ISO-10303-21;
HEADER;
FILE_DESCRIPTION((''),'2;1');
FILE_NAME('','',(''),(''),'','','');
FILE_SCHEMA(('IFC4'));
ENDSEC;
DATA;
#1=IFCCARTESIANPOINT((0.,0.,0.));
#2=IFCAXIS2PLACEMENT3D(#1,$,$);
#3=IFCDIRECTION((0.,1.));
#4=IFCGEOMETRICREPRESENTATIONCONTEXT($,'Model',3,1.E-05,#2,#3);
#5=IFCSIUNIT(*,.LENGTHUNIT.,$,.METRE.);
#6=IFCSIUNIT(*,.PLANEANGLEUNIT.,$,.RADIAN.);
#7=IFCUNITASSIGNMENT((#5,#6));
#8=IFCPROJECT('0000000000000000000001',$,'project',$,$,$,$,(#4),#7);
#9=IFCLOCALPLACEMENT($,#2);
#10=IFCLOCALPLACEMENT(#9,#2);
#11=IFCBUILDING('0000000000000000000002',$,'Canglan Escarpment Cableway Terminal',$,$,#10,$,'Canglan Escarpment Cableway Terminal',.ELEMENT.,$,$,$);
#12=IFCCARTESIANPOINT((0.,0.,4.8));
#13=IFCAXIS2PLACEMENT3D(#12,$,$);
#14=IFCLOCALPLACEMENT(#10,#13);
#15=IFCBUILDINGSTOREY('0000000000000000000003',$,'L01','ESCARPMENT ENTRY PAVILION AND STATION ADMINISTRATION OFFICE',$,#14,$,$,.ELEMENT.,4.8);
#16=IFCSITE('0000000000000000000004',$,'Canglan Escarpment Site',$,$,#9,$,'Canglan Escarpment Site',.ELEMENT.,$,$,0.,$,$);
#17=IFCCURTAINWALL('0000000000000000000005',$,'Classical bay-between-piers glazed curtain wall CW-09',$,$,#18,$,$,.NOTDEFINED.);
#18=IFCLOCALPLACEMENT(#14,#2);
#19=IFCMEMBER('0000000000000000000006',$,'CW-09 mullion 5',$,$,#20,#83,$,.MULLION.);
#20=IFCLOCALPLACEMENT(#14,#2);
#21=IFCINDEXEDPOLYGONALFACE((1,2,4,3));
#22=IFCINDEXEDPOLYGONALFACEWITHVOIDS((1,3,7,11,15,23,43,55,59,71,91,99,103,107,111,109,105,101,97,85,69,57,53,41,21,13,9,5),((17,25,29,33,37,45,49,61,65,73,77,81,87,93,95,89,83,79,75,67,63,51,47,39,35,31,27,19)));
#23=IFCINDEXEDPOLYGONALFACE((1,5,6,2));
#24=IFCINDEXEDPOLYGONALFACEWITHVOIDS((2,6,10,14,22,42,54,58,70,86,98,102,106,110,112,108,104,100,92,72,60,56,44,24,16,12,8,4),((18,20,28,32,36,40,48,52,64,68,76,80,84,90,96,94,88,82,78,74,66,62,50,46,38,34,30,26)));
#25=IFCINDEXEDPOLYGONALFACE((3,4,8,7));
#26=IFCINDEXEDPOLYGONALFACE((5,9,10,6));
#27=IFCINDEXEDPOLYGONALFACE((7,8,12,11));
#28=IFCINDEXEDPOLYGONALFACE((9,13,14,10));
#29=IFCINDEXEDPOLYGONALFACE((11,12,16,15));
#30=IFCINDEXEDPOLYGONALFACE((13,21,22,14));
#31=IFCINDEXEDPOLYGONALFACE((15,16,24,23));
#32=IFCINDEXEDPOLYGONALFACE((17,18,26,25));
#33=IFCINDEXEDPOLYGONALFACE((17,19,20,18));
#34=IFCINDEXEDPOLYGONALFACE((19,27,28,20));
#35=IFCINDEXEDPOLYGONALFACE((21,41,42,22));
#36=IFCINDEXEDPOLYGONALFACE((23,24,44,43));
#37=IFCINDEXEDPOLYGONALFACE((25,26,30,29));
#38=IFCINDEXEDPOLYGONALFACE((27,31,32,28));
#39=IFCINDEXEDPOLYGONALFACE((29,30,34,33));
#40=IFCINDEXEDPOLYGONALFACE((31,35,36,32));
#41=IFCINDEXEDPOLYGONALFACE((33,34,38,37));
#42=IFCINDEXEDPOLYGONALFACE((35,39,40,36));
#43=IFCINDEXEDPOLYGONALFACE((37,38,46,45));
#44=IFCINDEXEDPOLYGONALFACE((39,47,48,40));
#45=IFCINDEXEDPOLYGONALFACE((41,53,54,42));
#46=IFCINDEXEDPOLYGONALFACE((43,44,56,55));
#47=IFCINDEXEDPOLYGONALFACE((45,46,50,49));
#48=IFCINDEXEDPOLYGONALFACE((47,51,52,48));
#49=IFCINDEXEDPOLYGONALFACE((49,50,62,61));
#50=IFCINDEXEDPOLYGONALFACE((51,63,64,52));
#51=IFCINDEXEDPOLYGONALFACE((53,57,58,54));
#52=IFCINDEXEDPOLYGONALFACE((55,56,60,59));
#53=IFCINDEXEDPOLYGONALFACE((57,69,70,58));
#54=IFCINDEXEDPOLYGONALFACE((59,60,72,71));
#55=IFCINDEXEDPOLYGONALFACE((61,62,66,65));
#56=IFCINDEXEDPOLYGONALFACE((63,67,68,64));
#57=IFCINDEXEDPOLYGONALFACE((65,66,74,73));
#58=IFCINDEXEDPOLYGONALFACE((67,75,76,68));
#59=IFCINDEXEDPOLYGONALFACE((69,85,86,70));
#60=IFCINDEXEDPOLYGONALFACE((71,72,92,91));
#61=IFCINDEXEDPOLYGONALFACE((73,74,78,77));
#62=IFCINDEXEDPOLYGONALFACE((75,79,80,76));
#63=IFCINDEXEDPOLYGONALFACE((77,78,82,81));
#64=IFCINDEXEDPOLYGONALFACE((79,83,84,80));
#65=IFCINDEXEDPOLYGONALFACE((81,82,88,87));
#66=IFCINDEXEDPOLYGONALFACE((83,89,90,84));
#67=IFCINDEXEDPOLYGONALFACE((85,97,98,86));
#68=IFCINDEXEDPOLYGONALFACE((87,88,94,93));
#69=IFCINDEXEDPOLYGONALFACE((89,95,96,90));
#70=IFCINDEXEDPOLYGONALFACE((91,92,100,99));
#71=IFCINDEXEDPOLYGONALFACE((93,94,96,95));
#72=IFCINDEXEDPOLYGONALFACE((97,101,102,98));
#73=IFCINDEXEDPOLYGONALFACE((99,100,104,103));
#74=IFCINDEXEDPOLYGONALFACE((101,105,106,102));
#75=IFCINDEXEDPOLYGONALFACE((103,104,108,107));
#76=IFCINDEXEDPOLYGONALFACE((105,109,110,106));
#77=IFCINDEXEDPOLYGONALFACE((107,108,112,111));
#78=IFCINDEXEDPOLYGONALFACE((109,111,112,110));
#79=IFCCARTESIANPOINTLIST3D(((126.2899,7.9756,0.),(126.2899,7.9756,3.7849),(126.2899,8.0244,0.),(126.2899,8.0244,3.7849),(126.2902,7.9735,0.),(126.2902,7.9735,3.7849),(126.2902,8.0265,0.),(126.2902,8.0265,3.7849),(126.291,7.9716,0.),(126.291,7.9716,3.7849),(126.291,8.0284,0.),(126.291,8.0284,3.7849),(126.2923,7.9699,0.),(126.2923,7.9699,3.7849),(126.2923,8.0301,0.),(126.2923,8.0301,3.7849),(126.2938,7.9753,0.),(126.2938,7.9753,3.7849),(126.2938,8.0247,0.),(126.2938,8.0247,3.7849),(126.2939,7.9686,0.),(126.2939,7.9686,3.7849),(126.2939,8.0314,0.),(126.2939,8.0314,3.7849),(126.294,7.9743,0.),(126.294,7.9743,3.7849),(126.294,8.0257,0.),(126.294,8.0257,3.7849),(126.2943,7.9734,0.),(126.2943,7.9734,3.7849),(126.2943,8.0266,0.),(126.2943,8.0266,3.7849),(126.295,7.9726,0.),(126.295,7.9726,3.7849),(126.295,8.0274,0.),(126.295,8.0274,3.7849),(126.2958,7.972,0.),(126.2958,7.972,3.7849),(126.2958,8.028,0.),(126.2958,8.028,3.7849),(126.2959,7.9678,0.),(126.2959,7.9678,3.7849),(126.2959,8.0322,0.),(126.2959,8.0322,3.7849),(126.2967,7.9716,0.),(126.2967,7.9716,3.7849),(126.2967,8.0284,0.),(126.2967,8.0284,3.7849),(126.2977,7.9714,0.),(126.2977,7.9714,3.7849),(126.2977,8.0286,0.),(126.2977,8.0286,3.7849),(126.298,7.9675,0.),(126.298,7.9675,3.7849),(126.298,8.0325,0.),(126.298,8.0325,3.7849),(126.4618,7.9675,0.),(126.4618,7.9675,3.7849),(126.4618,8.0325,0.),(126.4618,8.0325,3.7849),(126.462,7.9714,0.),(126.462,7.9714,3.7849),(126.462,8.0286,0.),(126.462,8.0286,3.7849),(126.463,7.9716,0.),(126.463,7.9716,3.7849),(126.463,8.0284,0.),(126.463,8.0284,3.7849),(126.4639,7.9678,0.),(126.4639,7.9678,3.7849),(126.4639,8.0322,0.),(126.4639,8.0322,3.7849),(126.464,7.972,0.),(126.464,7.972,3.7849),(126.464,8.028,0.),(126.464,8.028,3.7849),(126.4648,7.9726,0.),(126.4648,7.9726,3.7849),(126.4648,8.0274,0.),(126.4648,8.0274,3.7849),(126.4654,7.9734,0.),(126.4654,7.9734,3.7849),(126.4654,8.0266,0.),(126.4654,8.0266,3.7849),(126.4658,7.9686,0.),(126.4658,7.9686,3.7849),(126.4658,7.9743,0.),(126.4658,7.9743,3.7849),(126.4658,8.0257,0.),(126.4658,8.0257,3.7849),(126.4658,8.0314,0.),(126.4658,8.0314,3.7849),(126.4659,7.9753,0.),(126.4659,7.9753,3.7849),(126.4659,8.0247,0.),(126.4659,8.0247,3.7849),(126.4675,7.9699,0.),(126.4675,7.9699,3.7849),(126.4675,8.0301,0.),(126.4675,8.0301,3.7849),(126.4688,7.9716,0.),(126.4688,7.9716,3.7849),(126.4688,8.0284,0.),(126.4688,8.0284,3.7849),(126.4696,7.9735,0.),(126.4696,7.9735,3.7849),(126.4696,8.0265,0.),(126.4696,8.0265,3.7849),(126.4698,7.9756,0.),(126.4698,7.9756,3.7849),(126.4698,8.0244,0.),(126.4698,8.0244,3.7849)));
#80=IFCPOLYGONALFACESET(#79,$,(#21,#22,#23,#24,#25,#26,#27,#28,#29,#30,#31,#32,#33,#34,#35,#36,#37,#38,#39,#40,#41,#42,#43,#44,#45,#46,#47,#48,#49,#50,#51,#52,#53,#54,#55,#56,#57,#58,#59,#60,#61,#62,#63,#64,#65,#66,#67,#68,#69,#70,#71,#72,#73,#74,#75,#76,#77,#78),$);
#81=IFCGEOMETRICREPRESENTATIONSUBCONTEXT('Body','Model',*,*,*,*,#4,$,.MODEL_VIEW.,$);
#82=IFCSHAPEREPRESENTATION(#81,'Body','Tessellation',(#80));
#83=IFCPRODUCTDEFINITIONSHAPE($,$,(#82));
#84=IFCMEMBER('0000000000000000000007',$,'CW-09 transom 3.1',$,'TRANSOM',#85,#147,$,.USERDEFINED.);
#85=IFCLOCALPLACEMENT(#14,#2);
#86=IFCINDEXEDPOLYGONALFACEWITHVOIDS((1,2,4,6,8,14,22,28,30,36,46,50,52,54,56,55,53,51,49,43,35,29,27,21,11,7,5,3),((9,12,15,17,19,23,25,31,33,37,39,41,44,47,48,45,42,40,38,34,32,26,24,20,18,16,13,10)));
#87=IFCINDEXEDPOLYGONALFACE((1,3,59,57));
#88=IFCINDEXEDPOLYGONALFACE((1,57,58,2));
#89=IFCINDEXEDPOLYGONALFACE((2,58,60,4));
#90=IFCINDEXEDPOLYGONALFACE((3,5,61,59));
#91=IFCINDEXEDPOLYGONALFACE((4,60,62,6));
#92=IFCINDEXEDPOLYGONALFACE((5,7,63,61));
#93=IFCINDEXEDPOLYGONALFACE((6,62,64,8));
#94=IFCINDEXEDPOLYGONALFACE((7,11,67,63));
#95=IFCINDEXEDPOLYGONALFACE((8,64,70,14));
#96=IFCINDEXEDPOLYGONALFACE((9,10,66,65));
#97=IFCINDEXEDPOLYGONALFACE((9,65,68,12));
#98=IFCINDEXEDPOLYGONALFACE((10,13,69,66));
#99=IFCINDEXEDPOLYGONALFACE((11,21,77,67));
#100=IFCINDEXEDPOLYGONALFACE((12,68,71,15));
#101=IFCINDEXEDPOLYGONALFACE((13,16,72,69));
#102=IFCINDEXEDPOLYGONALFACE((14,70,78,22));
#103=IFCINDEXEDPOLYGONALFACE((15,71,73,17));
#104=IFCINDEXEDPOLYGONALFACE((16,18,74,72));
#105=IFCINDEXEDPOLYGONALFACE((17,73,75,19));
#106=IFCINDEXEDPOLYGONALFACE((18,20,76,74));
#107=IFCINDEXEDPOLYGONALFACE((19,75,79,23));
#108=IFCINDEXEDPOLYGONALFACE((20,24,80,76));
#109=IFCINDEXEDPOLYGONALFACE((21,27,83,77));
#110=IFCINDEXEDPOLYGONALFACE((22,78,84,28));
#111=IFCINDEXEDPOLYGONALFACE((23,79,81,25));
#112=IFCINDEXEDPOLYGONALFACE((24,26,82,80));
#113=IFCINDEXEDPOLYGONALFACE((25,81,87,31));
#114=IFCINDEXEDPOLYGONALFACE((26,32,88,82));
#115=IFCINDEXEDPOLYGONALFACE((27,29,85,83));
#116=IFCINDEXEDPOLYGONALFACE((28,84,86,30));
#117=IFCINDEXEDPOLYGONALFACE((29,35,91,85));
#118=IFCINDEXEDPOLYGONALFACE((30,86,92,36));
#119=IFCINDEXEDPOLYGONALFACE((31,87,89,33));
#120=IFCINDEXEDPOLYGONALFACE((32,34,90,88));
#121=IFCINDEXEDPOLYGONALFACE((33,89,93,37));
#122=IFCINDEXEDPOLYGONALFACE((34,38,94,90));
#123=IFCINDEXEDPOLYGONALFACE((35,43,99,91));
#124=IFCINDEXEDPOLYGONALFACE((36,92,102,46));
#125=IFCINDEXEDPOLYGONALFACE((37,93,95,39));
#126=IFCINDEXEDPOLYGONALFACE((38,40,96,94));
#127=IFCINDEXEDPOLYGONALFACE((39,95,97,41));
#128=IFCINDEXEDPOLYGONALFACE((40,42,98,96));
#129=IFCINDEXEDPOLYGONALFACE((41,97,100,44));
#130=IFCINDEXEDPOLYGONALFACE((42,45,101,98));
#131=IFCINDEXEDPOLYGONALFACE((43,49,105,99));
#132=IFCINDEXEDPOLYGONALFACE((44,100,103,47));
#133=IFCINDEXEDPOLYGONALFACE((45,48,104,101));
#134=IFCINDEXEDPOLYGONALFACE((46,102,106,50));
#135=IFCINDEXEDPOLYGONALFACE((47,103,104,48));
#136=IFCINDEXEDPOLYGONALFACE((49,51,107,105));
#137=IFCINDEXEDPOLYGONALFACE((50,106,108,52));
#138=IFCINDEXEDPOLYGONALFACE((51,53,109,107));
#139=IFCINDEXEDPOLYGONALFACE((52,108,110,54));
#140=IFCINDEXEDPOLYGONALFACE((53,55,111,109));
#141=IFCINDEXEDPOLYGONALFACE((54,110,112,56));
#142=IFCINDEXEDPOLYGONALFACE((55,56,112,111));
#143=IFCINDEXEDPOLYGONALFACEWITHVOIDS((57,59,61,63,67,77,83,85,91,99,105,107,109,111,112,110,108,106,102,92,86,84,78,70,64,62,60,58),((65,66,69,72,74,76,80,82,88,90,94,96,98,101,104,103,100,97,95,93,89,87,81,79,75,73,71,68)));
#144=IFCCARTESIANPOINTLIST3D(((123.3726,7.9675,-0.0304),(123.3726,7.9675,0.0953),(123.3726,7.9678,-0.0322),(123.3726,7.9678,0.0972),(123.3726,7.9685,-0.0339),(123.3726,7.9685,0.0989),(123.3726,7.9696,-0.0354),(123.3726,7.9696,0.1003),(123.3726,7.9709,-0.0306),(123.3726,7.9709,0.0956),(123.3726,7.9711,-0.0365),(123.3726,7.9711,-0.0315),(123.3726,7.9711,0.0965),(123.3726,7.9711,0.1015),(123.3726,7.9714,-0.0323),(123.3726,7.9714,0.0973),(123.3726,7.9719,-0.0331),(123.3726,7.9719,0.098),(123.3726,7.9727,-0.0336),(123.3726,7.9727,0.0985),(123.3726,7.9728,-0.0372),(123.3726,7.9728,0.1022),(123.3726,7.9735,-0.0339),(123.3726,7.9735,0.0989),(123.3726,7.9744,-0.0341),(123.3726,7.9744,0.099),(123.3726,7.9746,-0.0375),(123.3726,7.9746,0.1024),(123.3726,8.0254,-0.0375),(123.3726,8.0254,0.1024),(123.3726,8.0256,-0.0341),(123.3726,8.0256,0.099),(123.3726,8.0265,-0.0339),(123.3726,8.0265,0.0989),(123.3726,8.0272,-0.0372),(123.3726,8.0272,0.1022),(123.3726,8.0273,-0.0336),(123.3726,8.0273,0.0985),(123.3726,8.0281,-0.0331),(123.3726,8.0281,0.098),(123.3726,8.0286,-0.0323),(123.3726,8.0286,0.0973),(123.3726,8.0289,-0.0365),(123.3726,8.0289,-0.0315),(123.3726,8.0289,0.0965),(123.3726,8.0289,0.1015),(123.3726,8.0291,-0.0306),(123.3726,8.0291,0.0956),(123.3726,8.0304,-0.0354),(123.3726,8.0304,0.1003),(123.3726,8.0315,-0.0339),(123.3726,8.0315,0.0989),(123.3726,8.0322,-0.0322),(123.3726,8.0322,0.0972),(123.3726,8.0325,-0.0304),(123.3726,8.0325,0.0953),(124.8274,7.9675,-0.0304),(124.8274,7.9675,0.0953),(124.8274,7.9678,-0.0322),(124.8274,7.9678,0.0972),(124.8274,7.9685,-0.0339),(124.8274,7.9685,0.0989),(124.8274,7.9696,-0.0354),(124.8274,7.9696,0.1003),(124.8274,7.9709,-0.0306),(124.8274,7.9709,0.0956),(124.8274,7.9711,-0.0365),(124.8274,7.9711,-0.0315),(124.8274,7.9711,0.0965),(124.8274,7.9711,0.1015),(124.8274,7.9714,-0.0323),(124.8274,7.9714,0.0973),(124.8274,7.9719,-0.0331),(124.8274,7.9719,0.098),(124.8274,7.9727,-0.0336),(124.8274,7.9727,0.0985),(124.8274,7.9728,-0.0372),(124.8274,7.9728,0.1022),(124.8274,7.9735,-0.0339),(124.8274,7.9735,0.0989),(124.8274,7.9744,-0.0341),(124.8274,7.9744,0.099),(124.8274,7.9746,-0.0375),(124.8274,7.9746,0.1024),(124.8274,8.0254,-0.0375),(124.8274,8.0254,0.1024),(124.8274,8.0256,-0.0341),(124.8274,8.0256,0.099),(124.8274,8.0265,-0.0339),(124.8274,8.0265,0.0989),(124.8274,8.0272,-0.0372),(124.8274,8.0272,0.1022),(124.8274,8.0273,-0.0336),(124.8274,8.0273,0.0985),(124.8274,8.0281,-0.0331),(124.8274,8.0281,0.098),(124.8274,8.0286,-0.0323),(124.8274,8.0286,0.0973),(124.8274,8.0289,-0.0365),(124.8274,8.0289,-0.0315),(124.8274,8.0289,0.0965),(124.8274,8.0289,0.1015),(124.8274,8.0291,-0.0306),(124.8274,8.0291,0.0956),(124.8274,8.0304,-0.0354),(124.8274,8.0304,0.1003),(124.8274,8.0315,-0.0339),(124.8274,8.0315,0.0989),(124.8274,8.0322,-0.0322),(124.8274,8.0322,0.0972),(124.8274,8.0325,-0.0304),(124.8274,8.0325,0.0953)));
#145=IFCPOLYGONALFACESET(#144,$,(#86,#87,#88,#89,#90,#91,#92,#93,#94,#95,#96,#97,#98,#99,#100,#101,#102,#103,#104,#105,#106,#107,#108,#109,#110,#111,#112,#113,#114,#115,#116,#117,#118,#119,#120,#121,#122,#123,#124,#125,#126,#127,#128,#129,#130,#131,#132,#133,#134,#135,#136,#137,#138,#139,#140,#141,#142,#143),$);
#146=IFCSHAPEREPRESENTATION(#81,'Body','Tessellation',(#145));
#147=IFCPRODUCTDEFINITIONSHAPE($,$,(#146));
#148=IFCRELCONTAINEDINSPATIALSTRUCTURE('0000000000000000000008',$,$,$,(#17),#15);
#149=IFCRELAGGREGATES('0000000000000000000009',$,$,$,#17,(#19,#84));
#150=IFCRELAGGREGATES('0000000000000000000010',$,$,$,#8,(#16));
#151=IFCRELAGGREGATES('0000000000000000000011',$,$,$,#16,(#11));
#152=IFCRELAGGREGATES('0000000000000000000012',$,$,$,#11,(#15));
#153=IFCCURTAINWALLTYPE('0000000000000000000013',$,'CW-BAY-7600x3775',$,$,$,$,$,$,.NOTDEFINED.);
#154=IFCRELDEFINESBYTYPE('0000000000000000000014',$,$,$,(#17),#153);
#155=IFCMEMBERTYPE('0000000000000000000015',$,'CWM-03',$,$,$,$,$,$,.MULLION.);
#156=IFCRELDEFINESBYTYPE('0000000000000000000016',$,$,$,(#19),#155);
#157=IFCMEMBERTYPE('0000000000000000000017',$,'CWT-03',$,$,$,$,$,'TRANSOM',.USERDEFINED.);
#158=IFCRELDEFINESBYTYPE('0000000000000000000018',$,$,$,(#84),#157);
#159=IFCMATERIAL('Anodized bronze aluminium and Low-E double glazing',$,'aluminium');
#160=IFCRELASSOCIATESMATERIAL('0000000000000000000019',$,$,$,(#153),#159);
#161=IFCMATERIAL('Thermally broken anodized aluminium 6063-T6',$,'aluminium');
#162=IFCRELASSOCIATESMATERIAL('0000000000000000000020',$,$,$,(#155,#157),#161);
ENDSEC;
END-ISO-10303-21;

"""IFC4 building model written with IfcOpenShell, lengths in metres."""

from ifc_helpers import new_model, si_unit, direction, frame, origin, origin_2d, place, context, subcontext, project, spatial, hollow_rectangle, extrude, material, material_profile, profile_set, type_object, element, aggregate, save


model = new_model("IFC4")

# Units and contexts
model_context = context("Model", 3, precision=1e-05, world=origin(), true_north=direction((0.0, 1.0)))
body_context = subcontext(model_context, "Body", "Model", "MODEL_VIEW")
ifc_project = project(units=[si_unit("LENGTHUNIT", "METRE"), si_unit("PLANEANGLEUNIT", "RADIAN")], contexts=[model_context])

# Site, building, storey
site_placement = place(None, origin())
site = spatial("IfcSite", under=ifc_project, at=site_placement, Name="Canglan Escarpment Site", LongName="Canglan Escarpment Site", CompositionType="ELEMENT", RefElevation=0.0)
building_placement = place(site_placement, origin())
building = spatial("IfcBuilding", under=site, at=building_placement, Name="Canglan Escarpment Cableway Terminal", LongName="Canglan Escarpment Cableway Terminal", CompositionType="ELEMENT")
storey_placement = place(building_placement, frame((0.0, 0.0, 4.8)))
storey = spatial("IfcBuildingStorey", under=building, at=storey_placement, Name="L01", Description="ESCARPMENT ENTRY PAVILION AND STATION ADMINISTRATION OFFICE", CompositionType="ELEMENT", Elevation=4.8)

# Curtain wall, members
ifc_material_1 = material(Name="Anodized bronze aluminium and Low-E double glazing", Category="aluminium")
curtain_wall_type = type_object("IfcCurtainWallType", Name="CW-BAY-7600x3775", PredefinedType="NOTDEFINED", material=ifc_material_1)
curtain_wall_placement = place(storey_placement, origin())
curtain_wall = element("IfcCurtainWall", 1, at=curtain_wall_placement, inside=storey, type_object=curtain_wall_type, Name="Classical bay-between-piers glazed curtain wall CW-09", PredefinedType="NOTDEFINED")
ifc_material_2 = material(Name="Thermally broken anodized aluminium 6063-T6", Category="aluminium")
ifc_material_profile_1 = material_profile(ifc_material_2, hollow_rectangle(XDim=0.0649, YDim=0.1799, WallThickness=0.0039, InnerFilletRadius=0.0039, OuterFilletRadius=0.0081, at=origin_2d()), Name="ALU-MULL 65x180x4")
ifc_profile_set_1 = profile_set([ifc_material_profile_1], Name="Thermally broken anodized aluminium 6063-T6")
member_type_1 = type_object("IfcMemberType", Name="CWM-03", PredefinedType="MULLION", material=ifc_profile_set_1)
member_1_placement = place(storey_placement, frame((126.3799, 8.0, 0.0), z_axis=(0.0, 0.0, 1.0), x_axis=(0.0, 1.0, 0.0)))
member_1 = element("IfcMember", 2, at=member_1_placement, type_object=member_type_1, Name="CW-09 mullion 5", PredefinedType="MULLION", context=body_context, shape_type="SweptSolid", body=[
    extrude(hollow_rectangle(XDim=0.0649, YDim=0.1799, WallThickness=0.0039, InnerFilletRadius=0.0039, OuterFilletRadius=0.0081, at=origin_2d()), origin(), (0.0, 0.0, 1.0), 3.7849),
])
ifc_material_profile_2 = material_profile(ifc_material_2, hollow_rectangle(XDim=0.0649, YDim=0.1399, WallThickness=0.0034, InnerFilletRadius=0.0034, OuterFilletRadius=0.0071, at=origin_2d()), Name="ALU-TRAN 65x140x3.5")
ifc_profile_set_2 = profile_set([ifc_material_profile_2], Name="Thermally broken anodized aluminium 6063-T6")
member_type_2 = type_object("IfcMemberType", Name="CWT-03", ElementType="TRANSOM", PredefinedType="USERDEFINED", material=ifc_profile_set_2)
member_2_placement = place(storey_placement, frame((123.3726, 8.0, 0.0325), z_axis=(1.0, 0.0, 0.0), x_axis=(0.0, 1.0, 0.0)))
member_2 = element("IfcMember", 3, at=member_2_placement, type_object=member_type_2, Name="CW-09 transom 3.1", ObjectType="TRANSOM", PredefinedType="USERDEFINED", context=body_context, shape_type="SweptSolid", body=[
    extrude(hollow_rectangle(XDim=0.0649, YDim=0.1399, WallThickness=0.0034, InnerFilletRadius=0.0034, OuterFilletRadius=0.0071, at=origin_2d()), origin(), (0.0, 0.0, 1.0), 1.4548),
])
aggregate(curtain_wall, [member_1, member_2])

save(model, "model.ifc")
